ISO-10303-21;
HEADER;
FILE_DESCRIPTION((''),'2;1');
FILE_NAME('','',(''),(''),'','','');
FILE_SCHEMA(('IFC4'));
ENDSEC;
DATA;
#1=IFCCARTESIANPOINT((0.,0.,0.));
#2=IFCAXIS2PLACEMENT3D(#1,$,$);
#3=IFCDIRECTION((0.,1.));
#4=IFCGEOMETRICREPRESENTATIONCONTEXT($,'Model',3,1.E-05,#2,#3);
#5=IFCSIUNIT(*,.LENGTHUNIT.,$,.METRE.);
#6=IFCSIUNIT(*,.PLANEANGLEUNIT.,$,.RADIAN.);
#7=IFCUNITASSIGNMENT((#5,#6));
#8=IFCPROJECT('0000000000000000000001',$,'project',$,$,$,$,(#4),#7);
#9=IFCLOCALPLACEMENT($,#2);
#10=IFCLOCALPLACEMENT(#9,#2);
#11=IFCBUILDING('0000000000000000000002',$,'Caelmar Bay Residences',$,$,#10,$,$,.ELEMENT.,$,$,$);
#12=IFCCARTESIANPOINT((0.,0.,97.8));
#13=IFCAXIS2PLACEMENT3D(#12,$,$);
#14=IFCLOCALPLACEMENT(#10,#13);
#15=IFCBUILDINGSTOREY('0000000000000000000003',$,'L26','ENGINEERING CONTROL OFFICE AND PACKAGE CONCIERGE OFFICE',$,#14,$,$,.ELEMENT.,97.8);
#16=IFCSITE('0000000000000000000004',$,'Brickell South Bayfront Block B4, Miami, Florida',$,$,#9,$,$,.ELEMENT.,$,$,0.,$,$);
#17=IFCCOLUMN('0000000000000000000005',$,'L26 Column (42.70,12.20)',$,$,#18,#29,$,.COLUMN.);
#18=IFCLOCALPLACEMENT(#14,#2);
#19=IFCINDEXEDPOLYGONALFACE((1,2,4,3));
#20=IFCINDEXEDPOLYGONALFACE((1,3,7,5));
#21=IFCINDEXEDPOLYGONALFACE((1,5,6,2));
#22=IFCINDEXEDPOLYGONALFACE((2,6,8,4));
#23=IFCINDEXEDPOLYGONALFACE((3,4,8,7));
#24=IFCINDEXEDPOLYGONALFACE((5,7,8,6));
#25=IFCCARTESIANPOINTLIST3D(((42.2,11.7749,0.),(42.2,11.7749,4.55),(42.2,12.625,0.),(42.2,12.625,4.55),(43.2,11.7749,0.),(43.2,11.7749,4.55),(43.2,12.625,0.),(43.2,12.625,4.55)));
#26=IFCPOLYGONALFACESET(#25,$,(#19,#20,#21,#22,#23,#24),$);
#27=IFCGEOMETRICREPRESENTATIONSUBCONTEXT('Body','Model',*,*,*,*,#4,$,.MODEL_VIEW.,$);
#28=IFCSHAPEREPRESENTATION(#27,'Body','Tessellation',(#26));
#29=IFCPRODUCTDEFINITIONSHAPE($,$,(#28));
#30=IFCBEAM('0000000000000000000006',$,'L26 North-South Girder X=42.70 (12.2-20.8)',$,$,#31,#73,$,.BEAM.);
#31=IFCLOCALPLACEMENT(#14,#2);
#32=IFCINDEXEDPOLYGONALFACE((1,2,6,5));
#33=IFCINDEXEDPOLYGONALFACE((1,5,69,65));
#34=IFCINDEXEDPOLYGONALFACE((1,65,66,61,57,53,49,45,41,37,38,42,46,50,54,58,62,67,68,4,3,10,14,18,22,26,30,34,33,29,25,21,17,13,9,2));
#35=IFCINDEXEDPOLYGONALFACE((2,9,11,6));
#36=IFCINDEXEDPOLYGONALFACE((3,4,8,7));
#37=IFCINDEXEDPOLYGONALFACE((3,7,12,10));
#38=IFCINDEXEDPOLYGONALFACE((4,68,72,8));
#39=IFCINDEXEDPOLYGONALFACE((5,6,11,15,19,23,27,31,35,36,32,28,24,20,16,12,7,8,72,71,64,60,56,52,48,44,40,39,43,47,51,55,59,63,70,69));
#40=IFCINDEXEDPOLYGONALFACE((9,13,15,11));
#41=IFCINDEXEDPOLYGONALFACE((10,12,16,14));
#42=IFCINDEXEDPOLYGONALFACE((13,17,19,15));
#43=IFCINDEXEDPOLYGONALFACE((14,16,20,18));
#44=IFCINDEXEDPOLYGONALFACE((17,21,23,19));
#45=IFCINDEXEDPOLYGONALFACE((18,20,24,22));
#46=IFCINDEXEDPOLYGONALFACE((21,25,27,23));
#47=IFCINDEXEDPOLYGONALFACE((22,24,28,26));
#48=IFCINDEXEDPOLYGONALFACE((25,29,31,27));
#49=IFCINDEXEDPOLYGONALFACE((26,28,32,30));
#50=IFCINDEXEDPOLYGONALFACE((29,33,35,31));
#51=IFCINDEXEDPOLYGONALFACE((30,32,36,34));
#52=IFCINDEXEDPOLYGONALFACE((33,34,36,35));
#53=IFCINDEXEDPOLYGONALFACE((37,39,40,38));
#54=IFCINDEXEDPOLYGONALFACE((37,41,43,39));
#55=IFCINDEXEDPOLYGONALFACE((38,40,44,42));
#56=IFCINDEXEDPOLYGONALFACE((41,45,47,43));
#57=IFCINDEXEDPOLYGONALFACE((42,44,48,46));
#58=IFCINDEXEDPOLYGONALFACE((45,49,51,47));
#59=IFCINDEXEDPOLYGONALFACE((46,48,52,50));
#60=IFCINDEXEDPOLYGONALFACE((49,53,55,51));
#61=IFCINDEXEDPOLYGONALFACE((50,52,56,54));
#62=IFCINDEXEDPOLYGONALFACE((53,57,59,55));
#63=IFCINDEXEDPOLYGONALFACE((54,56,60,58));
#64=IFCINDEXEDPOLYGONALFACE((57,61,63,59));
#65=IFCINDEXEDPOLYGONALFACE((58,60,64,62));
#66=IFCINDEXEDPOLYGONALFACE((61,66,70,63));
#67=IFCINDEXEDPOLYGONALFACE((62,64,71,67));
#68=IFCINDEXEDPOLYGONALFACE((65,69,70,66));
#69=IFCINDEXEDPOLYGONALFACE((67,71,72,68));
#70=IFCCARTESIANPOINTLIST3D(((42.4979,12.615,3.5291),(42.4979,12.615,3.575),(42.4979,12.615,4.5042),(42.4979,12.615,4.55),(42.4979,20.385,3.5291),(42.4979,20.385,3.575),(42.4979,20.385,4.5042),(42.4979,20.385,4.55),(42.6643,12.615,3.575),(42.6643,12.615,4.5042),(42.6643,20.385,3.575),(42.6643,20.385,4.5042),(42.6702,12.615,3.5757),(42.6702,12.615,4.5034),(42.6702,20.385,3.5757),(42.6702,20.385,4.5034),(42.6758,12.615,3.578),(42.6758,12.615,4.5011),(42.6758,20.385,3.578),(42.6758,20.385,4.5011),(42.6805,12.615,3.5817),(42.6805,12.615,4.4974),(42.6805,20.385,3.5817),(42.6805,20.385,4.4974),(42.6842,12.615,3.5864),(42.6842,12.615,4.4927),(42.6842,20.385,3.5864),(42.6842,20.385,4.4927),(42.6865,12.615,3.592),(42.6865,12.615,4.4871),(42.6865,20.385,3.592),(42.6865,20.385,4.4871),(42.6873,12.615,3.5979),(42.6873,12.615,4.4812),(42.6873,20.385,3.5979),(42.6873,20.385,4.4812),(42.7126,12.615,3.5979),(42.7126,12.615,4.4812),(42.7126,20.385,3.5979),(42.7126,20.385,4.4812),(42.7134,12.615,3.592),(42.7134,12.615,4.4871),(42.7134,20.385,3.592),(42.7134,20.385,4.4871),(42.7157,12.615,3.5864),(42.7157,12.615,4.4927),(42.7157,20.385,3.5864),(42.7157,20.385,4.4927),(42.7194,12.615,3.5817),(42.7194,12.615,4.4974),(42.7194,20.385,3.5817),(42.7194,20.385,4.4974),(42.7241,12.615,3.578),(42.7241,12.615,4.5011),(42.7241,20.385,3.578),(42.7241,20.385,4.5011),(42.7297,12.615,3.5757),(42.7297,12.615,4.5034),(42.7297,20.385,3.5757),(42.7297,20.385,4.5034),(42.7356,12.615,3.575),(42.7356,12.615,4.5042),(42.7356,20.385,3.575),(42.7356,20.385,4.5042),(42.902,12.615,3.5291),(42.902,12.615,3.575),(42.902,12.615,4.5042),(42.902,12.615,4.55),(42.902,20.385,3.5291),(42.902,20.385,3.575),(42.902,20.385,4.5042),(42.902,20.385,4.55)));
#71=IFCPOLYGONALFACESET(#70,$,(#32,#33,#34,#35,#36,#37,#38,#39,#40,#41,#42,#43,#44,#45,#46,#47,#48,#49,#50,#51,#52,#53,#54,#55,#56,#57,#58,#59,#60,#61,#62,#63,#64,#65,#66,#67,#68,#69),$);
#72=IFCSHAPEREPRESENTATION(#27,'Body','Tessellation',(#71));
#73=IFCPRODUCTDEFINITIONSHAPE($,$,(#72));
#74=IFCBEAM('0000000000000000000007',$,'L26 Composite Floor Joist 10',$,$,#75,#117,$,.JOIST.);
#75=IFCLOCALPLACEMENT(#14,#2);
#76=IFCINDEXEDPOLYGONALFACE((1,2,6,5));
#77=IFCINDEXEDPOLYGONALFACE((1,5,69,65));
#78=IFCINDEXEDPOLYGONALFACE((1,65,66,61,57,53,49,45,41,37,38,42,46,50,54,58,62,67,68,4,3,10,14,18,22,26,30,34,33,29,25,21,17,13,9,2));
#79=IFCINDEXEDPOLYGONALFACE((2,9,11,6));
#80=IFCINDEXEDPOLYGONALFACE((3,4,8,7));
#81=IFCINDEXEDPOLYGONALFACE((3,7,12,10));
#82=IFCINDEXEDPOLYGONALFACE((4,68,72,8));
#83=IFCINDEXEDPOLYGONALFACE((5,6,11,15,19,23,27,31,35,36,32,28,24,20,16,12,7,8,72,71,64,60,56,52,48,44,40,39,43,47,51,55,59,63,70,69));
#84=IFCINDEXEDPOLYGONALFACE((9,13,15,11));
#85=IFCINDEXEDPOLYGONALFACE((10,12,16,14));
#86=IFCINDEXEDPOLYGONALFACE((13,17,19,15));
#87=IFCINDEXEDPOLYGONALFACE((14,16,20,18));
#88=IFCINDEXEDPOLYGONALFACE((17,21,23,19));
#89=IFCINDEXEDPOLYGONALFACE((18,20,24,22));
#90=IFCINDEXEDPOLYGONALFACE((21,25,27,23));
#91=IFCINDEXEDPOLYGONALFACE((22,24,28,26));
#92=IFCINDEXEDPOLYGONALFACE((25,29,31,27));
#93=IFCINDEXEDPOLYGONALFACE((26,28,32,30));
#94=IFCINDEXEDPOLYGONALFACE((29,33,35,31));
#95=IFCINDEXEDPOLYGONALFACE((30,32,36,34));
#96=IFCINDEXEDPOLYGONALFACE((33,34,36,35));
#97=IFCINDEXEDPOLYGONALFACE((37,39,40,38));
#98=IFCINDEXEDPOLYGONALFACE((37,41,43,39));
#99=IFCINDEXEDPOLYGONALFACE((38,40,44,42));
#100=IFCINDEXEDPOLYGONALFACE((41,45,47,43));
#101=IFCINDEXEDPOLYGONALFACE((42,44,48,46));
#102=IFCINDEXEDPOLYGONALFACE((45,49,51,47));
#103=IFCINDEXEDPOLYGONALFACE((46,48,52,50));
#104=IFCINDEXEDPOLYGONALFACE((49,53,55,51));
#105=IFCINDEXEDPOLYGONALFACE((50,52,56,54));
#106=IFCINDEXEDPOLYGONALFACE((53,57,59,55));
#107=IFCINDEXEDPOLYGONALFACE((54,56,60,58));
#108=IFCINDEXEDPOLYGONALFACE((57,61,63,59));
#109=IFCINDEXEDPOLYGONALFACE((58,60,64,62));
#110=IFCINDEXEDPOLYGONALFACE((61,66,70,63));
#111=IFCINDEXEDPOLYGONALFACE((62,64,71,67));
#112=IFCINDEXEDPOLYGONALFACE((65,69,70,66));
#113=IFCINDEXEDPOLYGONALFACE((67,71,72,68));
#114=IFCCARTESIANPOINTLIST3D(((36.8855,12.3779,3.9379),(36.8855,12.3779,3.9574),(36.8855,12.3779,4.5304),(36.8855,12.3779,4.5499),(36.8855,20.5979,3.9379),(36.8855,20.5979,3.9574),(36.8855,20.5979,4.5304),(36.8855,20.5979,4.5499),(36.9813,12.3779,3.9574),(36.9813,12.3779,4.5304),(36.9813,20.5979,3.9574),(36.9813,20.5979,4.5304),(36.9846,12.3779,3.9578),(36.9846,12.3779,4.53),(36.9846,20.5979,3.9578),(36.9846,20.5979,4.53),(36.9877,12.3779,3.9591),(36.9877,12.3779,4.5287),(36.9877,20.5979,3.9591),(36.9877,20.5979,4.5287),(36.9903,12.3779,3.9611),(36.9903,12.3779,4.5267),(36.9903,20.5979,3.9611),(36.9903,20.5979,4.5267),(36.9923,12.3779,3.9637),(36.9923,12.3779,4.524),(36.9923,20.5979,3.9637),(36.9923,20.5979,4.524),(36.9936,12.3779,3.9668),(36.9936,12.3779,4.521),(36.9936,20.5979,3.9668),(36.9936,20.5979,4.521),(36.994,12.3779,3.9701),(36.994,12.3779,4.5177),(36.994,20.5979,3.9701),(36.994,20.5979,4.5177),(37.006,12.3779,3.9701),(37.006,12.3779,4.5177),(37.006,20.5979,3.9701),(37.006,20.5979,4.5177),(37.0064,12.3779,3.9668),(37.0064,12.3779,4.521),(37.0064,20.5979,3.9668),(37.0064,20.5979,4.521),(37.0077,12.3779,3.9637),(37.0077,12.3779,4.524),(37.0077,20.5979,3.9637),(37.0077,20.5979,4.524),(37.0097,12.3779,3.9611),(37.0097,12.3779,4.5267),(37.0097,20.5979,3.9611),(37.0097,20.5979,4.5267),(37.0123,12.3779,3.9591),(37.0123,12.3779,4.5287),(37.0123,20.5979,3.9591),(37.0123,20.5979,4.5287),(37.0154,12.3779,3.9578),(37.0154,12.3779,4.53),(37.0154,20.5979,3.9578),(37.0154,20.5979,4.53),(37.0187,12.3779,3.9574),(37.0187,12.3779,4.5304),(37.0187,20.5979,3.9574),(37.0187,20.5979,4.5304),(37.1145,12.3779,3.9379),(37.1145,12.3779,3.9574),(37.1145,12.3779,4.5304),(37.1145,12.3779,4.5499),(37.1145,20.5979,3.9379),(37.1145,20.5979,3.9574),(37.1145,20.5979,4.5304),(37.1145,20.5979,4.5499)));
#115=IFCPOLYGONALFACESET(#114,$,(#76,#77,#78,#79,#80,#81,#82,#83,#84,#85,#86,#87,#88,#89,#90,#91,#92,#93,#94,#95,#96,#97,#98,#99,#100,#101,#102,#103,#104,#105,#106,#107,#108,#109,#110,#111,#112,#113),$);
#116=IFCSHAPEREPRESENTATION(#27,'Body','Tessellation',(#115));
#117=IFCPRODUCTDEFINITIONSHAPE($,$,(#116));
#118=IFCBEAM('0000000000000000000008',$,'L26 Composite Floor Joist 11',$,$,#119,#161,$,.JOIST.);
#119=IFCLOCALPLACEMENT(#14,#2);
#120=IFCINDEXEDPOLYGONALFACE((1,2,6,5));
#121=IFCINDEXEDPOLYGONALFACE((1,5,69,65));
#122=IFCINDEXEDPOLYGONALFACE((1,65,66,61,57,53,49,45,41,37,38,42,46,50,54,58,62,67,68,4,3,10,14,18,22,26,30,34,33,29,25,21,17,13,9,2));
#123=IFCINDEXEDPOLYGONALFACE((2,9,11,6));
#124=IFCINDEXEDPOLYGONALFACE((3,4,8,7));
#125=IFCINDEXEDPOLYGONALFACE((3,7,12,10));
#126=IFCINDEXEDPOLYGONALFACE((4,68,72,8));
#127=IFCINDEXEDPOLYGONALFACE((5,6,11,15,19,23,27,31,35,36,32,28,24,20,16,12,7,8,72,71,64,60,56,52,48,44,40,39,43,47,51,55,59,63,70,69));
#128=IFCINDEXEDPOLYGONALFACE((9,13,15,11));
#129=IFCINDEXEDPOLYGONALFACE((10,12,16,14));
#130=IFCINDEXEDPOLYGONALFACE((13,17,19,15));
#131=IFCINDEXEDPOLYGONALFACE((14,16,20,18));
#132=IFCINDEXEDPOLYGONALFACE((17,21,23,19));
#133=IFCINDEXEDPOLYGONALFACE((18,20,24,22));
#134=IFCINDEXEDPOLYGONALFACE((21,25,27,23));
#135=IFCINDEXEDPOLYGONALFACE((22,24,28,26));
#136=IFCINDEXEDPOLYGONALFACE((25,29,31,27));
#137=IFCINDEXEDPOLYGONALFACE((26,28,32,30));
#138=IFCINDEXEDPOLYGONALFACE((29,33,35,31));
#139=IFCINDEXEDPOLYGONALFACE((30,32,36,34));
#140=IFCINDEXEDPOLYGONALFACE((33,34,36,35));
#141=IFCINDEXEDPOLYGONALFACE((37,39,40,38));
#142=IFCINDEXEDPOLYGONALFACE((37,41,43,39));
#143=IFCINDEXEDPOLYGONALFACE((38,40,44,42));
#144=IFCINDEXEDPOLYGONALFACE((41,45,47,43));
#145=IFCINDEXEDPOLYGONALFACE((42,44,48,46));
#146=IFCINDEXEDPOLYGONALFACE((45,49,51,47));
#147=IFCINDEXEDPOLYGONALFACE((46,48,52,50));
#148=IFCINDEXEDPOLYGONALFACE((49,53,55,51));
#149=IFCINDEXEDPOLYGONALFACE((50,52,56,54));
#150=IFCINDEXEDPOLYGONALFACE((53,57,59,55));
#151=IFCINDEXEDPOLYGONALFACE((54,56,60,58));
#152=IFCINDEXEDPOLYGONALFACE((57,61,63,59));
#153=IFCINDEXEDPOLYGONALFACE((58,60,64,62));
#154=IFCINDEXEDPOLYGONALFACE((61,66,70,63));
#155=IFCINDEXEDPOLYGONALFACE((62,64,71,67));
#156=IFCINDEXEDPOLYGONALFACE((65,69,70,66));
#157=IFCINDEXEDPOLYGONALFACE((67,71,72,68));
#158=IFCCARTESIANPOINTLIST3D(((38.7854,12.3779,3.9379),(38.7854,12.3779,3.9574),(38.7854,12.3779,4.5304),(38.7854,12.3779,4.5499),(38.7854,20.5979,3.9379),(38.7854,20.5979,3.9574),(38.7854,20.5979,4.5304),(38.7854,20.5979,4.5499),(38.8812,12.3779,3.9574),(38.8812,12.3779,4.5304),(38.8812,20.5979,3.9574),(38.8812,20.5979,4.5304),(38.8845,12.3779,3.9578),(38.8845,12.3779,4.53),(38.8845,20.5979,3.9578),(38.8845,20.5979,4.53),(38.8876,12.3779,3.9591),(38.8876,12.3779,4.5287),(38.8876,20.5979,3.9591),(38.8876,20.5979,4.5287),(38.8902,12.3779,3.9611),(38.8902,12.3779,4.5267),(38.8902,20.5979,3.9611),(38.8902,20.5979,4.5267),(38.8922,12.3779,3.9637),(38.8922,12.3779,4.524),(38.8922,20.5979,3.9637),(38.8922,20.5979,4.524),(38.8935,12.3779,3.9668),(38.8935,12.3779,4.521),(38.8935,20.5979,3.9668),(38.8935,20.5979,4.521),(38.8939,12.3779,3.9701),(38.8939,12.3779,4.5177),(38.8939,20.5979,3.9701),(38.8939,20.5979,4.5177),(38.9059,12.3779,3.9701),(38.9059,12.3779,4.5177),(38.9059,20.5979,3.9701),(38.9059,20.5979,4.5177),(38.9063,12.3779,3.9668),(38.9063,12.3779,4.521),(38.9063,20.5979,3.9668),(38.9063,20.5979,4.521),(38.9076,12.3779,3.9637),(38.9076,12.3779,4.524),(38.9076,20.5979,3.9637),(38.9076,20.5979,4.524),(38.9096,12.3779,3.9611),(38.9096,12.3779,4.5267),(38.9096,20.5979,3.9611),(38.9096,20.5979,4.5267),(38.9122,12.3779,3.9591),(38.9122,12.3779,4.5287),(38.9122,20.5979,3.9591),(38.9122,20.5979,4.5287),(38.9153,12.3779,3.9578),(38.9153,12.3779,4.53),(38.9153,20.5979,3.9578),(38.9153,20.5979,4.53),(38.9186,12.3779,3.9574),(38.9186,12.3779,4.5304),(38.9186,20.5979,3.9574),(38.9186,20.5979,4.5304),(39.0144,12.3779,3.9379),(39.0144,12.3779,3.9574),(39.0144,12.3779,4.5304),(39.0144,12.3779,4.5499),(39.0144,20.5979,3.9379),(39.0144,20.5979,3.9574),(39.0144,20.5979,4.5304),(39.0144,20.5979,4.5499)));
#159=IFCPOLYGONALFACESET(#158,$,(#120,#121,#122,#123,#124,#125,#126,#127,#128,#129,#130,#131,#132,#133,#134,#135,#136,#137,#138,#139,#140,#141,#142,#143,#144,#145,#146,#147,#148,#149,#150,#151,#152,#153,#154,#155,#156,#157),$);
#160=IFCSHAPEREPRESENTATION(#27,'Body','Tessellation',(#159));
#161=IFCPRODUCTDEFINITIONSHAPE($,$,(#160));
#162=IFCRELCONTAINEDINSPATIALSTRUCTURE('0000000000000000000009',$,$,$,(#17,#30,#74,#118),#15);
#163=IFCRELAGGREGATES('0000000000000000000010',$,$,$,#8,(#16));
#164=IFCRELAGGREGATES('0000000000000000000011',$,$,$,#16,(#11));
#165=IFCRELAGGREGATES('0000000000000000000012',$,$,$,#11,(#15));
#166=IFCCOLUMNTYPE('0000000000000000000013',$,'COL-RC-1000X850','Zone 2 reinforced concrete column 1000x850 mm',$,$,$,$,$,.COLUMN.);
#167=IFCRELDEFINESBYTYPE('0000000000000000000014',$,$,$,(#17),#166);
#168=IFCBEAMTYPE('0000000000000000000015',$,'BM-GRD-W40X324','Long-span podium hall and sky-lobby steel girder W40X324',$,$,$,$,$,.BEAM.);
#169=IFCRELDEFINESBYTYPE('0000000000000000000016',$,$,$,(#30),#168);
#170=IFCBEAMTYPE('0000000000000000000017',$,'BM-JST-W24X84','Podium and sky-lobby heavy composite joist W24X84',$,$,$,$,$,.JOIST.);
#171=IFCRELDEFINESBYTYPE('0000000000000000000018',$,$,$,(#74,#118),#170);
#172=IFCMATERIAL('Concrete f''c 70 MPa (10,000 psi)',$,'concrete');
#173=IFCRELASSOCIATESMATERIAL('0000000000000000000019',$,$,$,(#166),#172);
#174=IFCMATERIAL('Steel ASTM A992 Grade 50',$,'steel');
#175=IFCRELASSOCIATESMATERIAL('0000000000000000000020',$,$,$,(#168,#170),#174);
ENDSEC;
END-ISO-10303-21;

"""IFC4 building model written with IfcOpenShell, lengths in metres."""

from ifc_helpers import new_model, si_unit, direction, frame, origin, origin_2d, place, context, subcontext, project, spatial, rectangle, i_section, extrude, material, material_profile, profile_set, type_object, element, save


model = new_model("IFC4")

# Units and contexts
model_context = context("Model", 3, precision=1e-05, world=origin(), true_north=direction((0.0, 1.0)))
body_context = subcontext(model_context, "Body", "Model", "MODEL_VIEW")
ifc_project = project(units=[si_unit("LENGTHUNIT", "METRE"), si_unit("PLANEANGLEUNIT", "RADIAN")], contexts=[model_context])

# Site, building, storey
site_placement = place(None, origin())
site = spatial("IfcSite", under=ifc_project, at=site_placement, Name="Brickell South Bayfront Block B4, Miami, Florida", CompositionType="ELEMENT", RefElevation=0.0)
building_placement = place(site_placement, origin())
building = spatial("IfcBuilding", under=site, at=building_placement, Name="Caelmar Bay Residences", CompositionType="ELEMENT")
storey_placement = place(building_placement, frame((0.0, 0.0, 97.8)))
storey = spatial("IfcBuildingStorey", under=building, at=storey_placement, Name="L26", Description="ENGINEERING CONTROL OFFICE AND PACKAGE CONCIERGE OFFICE", CompositionType="ELEMENT", Elevation=97.8)

# Column
ifc_material_1 = material(Name="Concrete f'c 70 MPa (10,000 psi)", Category="concrete")
ifc_material_profile_1 = material_profile(ifc_material_1, rectangle(XDim=1.0, YDim=0.8501, at=origin_2d()), Name="RC-COL-1000X850")
ifc_profile_set_1 = profile_set([ifc_material_profile_1], Name="Concrete f'c 70 MPa (10,000 psi)")
column_type = type_object("IfcColumnType", Name="COL-RC-1000X850", Description="Zone 2 reinforced concrete column 1000x850 mm", PredefinedType="COLUMN", material=ifc_profile_set_1)
column_placement = place(storey_placement, frame((42.7, 12.2, 0.0), z_axis=(0.0, 0.0, 1.0), x_axis=(1.0, 0.0, 0.0)))
element("IfcColumn", 1, at=column_placement, inside=storey, type_object=column_type, Name="L26 Column (42.70,12.20)", PredefinedType="COLUMN", context=body_context, shape_type="SweptSolid", body=[
    extrude(rectangle(XDim=1.0, YDim=0.8501, at=origin_2d()), origin(), (0.0, 0.0, 1.0), 4.55),
])

# Beams
ifc_material_2 = material(Name="Steel ASTM A992 Grade 50", Category="steel")
ifc_material_profile_2 = material_profile(ifc_material_2, i_section(OverallWidth=0.4041, OverallDepth=1.021, WebThickness=0.0254, FlangeThickness=0.0459, FilletRadius=0.0229, at=origin_2d()), Name="W40X324")
ifc_profile_set_2 = profile_set([ifc_material_profile_2], Name="Steel ASTM A992 Grade 50")
beam_type_1 = type_object("IfcBeamType", Name="BM-GRD-W40X324", Description="Long-span podium hall and sky-lobby steel girder W40X324", PredefinedType="BEAM", material=ifc_profile_set_2)
beam_1_placement = place(storey_placement, frame((42.7, 12.615, 4.0396), z_axis=(0.0, 1.0, 0.0), x_axis=(-1.0, 0.0, 0.0)))
element("IfcBeam", 2, at=beam_1_placement, inside=storey, type_object=beam_type_1, Name="L26 North-South Girder X=42.70 (12.2-20.8)", PredefinedType="BEAM", context=body_context, shape_type="SweptSolid", body=[
    extrude(i_section(OverallWidth=0.4041, OverallDepth=1.021, WebThickness=0.0254, FlangeThickness=0.0459, FilletRadius=0.0229, at=origin_2d()), origin(), (0.0, 0.0, 1.0), 7.77),
])
ifc_material_profile_3 = material_profile(ifc_material_2, i_section(OverallWidth=0.229, OverallDepth=0.6121, WebThickness=0.012, FlangeThickness=0.0195, FilletRadius=0.0127, at=origin_2d()), Name="W24X84")
ifc_profile_set_3 = profile_set([ifc_material_profile_3], Name="Steel ASTM A992 Grade 50")
beam_type_2 = type_object("IfcBeamType", Name="BM-JST-W24X84", Description="Podium and sky-lobby heavy composite joist W24X84", PredefinedType="JOIST", material=ifc_profile_set_3)
for number, where, z_axis, x_axis, name in (
    (3, (37.0, 12.3779, 4.2439), (0.0, 1.0, 0.0), (-1.0, 0.0, 0.0), "L26 Composite Floor Joist 10"),
    (4, (38.8999, 12.3779, 4.2439), (0.0, 1.0, 0.0), (-1.0, 0.0, 0.0), "L26 Composite Floor Joist 11"),
):
    element("IfcBeam", number, at=place(storey_placement, frame(where, z_axis=z_axis, x_axis=x_axis)), inside=storey, type_object=beam_type_2, Name=name, PredefinedType="JOIST", context=body_context, shape_type="SweptSolid", body=[
        extrude(i_section(OverallWidth=0.229, OverallDepth=0.6121, WebThickness=0.012, FlangeThickness=0.0195, FilletRadius=0.0127, at=origin_2d()), origin(), (0.0, 0.0, 1.0), 8.22),
    ])

save(model, "model.ifc")
